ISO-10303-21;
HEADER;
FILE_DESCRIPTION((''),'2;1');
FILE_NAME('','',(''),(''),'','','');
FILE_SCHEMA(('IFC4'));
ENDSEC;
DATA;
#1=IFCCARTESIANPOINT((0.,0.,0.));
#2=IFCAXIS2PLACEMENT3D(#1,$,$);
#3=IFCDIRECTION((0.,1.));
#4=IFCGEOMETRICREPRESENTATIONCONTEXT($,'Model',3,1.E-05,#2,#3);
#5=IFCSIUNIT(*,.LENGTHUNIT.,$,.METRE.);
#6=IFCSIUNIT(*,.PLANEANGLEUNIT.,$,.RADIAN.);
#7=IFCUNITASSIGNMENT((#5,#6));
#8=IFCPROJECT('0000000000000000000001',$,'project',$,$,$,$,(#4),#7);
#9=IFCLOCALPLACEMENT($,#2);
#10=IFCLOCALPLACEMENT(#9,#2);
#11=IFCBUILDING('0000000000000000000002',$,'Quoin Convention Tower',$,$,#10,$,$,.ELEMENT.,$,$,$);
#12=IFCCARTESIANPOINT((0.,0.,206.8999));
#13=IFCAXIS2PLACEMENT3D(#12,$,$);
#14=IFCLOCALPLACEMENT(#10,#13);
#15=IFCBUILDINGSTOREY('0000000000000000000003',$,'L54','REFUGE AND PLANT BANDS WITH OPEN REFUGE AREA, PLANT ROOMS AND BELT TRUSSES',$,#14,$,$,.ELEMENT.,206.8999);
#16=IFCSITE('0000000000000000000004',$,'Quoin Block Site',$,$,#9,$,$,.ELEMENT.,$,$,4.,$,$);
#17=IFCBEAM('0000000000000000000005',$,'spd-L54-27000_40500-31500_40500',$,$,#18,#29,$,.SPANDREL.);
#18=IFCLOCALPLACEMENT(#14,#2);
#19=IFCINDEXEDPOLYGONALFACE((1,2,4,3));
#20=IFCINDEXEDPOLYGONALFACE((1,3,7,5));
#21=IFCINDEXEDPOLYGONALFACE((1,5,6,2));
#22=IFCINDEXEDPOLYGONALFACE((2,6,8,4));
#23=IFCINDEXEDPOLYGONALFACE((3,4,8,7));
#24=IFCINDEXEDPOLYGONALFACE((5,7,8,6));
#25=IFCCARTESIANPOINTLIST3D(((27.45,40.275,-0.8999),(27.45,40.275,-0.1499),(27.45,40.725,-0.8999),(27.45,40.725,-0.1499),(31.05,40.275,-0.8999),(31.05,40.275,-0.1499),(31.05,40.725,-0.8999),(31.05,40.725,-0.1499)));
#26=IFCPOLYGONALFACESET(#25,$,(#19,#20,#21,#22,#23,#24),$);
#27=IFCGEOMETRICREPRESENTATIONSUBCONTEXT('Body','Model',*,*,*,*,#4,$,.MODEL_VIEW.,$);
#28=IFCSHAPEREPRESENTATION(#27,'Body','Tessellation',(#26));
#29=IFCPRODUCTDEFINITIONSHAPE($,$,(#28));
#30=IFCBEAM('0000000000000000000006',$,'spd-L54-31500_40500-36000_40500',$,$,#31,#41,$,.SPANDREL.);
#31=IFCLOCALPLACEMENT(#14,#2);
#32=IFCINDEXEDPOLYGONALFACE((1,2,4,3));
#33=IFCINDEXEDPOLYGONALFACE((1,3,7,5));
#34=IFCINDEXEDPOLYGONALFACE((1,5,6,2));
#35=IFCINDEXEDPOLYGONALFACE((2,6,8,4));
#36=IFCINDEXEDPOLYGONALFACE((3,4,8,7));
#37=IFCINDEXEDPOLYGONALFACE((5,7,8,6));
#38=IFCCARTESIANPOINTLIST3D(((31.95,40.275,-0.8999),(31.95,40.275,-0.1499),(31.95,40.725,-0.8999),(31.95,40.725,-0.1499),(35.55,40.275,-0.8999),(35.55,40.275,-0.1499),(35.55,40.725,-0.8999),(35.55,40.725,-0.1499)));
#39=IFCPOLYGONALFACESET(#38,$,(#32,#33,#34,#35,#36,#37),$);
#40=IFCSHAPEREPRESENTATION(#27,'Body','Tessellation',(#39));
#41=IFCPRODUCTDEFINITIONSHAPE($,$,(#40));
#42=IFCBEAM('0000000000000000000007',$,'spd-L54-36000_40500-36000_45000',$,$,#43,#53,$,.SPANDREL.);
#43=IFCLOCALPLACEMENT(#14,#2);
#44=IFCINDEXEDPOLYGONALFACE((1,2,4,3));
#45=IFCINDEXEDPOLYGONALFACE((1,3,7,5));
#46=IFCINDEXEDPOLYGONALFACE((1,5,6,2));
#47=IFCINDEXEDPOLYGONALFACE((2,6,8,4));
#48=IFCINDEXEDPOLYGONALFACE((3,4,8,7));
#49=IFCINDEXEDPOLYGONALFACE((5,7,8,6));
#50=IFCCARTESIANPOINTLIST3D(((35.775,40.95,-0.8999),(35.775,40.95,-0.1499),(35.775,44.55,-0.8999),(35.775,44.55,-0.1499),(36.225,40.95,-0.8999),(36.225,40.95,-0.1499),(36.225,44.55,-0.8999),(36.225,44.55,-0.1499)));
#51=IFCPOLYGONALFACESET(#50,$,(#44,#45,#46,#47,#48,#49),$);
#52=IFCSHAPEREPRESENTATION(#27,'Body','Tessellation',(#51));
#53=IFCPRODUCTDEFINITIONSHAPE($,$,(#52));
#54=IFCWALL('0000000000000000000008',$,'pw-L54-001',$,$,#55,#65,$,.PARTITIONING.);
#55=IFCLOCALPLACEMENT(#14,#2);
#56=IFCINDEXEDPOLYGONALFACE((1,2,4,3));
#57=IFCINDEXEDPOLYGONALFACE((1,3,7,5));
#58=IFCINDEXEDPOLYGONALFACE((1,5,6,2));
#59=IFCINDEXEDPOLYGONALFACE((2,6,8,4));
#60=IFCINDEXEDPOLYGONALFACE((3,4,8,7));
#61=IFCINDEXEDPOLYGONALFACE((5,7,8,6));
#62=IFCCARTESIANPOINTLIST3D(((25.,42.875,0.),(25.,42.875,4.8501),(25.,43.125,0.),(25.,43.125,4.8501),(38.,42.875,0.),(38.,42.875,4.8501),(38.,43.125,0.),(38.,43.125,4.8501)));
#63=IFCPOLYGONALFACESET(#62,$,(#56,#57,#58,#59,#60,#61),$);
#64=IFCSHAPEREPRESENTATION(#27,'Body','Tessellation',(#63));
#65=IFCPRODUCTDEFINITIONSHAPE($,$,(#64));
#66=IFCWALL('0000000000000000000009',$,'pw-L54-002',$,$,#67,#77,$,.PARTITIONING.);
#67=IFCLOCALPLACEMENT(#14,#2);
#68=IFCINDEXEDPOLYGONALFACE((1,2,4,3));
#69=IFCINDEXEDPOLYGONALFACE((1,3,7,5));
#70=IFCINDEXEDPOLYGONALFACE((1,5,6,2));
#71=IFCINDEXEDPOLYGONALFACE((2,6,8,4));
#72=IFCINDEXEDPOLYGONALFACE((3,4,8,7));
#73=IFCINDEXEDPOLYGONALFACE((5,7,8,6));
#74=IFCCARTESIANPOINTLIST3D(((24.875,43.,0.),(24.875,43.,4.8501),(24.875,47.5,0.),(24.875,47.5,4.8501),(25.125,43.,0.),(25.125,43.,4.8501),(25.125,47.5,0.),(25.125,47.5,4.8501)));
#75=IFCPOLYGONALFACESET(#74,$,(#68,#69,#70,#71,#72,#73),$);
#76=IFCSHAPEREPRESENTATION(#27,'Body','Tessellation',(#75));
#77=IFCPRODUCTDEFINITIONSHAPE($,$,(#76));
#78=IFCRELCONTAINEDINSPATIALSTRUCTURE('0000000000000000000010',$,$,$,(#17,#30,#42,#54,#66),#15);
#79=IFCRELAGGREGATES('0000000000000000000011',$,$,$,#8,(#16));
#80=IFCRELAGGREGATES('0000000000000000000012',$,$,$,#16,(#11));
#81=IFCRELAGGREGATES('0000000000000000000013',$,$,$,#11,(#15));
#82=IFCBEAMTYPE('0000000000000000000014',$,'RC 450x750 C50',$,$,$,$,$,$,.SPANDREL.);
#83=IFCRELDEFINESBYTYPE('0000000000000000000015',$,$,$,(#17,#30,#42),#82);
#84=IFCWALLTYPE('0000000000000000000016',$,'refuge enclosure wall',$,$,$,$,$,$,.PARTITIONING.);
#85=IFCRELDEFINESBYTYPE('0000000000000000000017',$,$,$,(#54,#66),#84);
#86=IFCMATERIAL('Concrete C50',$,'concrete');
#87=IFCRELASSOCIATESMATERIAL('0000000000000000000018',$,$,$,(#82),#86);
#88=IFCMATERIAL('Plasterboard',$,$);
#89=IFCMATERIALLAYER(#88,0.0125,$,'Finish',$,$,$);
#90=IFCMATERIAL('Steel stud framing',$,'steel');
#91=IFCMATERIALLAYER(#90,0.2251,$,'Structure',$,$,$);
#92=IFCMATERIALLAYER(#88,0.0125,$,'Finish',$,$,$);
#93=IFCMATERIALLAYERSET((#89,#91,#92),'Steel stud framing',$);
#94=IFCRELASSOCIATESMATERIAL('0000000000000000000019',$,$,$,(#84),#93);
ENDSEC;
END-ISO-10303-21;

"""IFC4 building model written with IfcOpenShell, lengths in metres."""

from ifc_helpers import new_model, si_unit, direction, frame, frame_2d, origin, origin_2d, place, context, subcontext, project, spatial, rectangle, extrude, material, layer, layer_set, material_profile, profile_set, type_object, element, save


model = new_model("IFC4")

# Units and contexts
model_context = context("Model", 3, precision=1e-05, world=origin(), true_north=direction((0.0, 1.0)))
body_context = subcontext(model_context, "Body", "Model", "MODEL_VIEW")
ifc_project = project(units=[si_unit("LENGTHUNIT", "METRE"), si_unit("PLANEANGLEUNIT", "RADIAN")], contexts=[model_context])

# Site, building, storey
site_placement = place(None, origin())
site = spatial("IfcSite", under=ifc_project, at=site_placement, Name="Quoin Block Site", CompositionType="ELEMENT", RefElevation=4.0)
building_placement = place(site_placement, origin())
building = spatial("IfcBuilding", under=site, at=building_placement, Name="Quoin Convention Tower", CompositionType="ELEMENT")
storey_placement = place(building_placement, frame((0.0, 0.0, 206.8999)))
storey = spatial("IfcBuildingStorey", under=building, at=storey_placement, Name="L54", Description="REFUGE AND PLANT BANDS WITH OPEN REFUGE AREA, PLANT ROOMS AND BELT TRUSSES", CompositionType="ELEMENT", Elevation=206.8999)

# Shared definitions
ifc_material_1 = material(Name="Concrete C50", Category="concrete")

# Beams
ifc_material_profile_1 = material_profile(ifc_material_1, rectangle(XDim=0.45, YDim=0.75, at=origin_2d()), Name="RC 450x750")
ifc_profile_set_1 = profile_set([ifc_material_profile_1], Name="Concrete C50")
beam_type_1 = type_object("IfcBeamType", Name="RC 450x750 C50", PredefinedType="SPANDREL", material=ifc_profile_set_1)
for number, where, z_axis, x_axis, name in (
    (1, (27.45, 40.5, -0.5249), (1.0, 0.0, 0.0), (0.0, 1.0, 0.0), "spd-L54-27000_40500-31500_40500"),
    (2, (31.95, 40.5, -0.5249), (1.0, 0.0, 0.0), (0.0, 1.0, 0.0), "spd-L54-31500_40500-36000_40500"),
    (3, (36.0, 40.95, -0.5249), (0.0, 1.0, 0.0), (-1.0, 0.0, 0.0), "spd-L54-36000_40500-36000_45000"),
):
    element("IfcBeam", number, at=place(storey_placement, frame(where, z_axis=z_axis, x_axis=x_axis)), inside=storey, type_object=beam_type_1, Name=name, PredefinedType="SPANDREL", context=body_context, shape_type="SweptSolid", body=[
        extrude(rectangle(XDim=0.45, YDim=0.75, at=origin_2d()), origin(), (0.0, 0.0, 1.0), 3.6001),
    ])

# Walls
ifc_material_2 = material(Name="Plasterboard")
ifc_layer_1 = layer(ifc_material_2, 0.0125, Name="Finish")
ifc_material_3 = material(Name="Steel stud framing", Category="steel")
ifc_layer_2 = layer(ifc_material_3, 0.2251, Name="Structure")
ifc_layer_3 = layer(ifc_material_2, 0.0125, Name="Finish")
ifc_layer_set = layer_set([ifc_layer_1, ifc_layer_2, ifc_layer_3], Name="Steel stud framing")
wall_type = type_object("IfcWallType", Name="refuge enclosure wall", PredefinedType="PARTITIONING", material=ifc_layer_set)
wall_1_placement = place(storey_placement, frame((25.0, 43.0, 0.0), z_axis=(0.0, 0.0, 1.0), x_axis=(1.0, 0.0, 0.0)))
element("IfcWall", 4, at=wall_1_placement, inside=storey, type_object=wall_type, Name="pw-L54-001", PredefinedType="PARTITIONING", context=body_context, shape_type="SweptSolid", body=[
    extrude(rectangle(XDim=13.0, YDim=0.25, at=frame_2d((6.5, 0.0))), origin(), (0.0, 0.0, 1.0), 4.8501),
])
wall_2_placement = place(storey_placement, frame((25.0, 43.0, 0.0), z_axis=(0.0, 0.0, 1.0), x_axis=(0.0, 1.0, 0.0)))
element("IfcWall", 5, at=wall_2_placement, inside=storey, type_object=wall_type, Name="pw-L54-002", PredefinedType="PARTITIONING", context=body_context, shape_type="SweptSolid", body=[
    extrude(rectangle(XDim=4.5, YDim=0.25, at=frame_2d((2.25, 0.0))), origin(), (0.0, 0.0, 1.0), 4.8501),
])

save(model, "model.ifc")
